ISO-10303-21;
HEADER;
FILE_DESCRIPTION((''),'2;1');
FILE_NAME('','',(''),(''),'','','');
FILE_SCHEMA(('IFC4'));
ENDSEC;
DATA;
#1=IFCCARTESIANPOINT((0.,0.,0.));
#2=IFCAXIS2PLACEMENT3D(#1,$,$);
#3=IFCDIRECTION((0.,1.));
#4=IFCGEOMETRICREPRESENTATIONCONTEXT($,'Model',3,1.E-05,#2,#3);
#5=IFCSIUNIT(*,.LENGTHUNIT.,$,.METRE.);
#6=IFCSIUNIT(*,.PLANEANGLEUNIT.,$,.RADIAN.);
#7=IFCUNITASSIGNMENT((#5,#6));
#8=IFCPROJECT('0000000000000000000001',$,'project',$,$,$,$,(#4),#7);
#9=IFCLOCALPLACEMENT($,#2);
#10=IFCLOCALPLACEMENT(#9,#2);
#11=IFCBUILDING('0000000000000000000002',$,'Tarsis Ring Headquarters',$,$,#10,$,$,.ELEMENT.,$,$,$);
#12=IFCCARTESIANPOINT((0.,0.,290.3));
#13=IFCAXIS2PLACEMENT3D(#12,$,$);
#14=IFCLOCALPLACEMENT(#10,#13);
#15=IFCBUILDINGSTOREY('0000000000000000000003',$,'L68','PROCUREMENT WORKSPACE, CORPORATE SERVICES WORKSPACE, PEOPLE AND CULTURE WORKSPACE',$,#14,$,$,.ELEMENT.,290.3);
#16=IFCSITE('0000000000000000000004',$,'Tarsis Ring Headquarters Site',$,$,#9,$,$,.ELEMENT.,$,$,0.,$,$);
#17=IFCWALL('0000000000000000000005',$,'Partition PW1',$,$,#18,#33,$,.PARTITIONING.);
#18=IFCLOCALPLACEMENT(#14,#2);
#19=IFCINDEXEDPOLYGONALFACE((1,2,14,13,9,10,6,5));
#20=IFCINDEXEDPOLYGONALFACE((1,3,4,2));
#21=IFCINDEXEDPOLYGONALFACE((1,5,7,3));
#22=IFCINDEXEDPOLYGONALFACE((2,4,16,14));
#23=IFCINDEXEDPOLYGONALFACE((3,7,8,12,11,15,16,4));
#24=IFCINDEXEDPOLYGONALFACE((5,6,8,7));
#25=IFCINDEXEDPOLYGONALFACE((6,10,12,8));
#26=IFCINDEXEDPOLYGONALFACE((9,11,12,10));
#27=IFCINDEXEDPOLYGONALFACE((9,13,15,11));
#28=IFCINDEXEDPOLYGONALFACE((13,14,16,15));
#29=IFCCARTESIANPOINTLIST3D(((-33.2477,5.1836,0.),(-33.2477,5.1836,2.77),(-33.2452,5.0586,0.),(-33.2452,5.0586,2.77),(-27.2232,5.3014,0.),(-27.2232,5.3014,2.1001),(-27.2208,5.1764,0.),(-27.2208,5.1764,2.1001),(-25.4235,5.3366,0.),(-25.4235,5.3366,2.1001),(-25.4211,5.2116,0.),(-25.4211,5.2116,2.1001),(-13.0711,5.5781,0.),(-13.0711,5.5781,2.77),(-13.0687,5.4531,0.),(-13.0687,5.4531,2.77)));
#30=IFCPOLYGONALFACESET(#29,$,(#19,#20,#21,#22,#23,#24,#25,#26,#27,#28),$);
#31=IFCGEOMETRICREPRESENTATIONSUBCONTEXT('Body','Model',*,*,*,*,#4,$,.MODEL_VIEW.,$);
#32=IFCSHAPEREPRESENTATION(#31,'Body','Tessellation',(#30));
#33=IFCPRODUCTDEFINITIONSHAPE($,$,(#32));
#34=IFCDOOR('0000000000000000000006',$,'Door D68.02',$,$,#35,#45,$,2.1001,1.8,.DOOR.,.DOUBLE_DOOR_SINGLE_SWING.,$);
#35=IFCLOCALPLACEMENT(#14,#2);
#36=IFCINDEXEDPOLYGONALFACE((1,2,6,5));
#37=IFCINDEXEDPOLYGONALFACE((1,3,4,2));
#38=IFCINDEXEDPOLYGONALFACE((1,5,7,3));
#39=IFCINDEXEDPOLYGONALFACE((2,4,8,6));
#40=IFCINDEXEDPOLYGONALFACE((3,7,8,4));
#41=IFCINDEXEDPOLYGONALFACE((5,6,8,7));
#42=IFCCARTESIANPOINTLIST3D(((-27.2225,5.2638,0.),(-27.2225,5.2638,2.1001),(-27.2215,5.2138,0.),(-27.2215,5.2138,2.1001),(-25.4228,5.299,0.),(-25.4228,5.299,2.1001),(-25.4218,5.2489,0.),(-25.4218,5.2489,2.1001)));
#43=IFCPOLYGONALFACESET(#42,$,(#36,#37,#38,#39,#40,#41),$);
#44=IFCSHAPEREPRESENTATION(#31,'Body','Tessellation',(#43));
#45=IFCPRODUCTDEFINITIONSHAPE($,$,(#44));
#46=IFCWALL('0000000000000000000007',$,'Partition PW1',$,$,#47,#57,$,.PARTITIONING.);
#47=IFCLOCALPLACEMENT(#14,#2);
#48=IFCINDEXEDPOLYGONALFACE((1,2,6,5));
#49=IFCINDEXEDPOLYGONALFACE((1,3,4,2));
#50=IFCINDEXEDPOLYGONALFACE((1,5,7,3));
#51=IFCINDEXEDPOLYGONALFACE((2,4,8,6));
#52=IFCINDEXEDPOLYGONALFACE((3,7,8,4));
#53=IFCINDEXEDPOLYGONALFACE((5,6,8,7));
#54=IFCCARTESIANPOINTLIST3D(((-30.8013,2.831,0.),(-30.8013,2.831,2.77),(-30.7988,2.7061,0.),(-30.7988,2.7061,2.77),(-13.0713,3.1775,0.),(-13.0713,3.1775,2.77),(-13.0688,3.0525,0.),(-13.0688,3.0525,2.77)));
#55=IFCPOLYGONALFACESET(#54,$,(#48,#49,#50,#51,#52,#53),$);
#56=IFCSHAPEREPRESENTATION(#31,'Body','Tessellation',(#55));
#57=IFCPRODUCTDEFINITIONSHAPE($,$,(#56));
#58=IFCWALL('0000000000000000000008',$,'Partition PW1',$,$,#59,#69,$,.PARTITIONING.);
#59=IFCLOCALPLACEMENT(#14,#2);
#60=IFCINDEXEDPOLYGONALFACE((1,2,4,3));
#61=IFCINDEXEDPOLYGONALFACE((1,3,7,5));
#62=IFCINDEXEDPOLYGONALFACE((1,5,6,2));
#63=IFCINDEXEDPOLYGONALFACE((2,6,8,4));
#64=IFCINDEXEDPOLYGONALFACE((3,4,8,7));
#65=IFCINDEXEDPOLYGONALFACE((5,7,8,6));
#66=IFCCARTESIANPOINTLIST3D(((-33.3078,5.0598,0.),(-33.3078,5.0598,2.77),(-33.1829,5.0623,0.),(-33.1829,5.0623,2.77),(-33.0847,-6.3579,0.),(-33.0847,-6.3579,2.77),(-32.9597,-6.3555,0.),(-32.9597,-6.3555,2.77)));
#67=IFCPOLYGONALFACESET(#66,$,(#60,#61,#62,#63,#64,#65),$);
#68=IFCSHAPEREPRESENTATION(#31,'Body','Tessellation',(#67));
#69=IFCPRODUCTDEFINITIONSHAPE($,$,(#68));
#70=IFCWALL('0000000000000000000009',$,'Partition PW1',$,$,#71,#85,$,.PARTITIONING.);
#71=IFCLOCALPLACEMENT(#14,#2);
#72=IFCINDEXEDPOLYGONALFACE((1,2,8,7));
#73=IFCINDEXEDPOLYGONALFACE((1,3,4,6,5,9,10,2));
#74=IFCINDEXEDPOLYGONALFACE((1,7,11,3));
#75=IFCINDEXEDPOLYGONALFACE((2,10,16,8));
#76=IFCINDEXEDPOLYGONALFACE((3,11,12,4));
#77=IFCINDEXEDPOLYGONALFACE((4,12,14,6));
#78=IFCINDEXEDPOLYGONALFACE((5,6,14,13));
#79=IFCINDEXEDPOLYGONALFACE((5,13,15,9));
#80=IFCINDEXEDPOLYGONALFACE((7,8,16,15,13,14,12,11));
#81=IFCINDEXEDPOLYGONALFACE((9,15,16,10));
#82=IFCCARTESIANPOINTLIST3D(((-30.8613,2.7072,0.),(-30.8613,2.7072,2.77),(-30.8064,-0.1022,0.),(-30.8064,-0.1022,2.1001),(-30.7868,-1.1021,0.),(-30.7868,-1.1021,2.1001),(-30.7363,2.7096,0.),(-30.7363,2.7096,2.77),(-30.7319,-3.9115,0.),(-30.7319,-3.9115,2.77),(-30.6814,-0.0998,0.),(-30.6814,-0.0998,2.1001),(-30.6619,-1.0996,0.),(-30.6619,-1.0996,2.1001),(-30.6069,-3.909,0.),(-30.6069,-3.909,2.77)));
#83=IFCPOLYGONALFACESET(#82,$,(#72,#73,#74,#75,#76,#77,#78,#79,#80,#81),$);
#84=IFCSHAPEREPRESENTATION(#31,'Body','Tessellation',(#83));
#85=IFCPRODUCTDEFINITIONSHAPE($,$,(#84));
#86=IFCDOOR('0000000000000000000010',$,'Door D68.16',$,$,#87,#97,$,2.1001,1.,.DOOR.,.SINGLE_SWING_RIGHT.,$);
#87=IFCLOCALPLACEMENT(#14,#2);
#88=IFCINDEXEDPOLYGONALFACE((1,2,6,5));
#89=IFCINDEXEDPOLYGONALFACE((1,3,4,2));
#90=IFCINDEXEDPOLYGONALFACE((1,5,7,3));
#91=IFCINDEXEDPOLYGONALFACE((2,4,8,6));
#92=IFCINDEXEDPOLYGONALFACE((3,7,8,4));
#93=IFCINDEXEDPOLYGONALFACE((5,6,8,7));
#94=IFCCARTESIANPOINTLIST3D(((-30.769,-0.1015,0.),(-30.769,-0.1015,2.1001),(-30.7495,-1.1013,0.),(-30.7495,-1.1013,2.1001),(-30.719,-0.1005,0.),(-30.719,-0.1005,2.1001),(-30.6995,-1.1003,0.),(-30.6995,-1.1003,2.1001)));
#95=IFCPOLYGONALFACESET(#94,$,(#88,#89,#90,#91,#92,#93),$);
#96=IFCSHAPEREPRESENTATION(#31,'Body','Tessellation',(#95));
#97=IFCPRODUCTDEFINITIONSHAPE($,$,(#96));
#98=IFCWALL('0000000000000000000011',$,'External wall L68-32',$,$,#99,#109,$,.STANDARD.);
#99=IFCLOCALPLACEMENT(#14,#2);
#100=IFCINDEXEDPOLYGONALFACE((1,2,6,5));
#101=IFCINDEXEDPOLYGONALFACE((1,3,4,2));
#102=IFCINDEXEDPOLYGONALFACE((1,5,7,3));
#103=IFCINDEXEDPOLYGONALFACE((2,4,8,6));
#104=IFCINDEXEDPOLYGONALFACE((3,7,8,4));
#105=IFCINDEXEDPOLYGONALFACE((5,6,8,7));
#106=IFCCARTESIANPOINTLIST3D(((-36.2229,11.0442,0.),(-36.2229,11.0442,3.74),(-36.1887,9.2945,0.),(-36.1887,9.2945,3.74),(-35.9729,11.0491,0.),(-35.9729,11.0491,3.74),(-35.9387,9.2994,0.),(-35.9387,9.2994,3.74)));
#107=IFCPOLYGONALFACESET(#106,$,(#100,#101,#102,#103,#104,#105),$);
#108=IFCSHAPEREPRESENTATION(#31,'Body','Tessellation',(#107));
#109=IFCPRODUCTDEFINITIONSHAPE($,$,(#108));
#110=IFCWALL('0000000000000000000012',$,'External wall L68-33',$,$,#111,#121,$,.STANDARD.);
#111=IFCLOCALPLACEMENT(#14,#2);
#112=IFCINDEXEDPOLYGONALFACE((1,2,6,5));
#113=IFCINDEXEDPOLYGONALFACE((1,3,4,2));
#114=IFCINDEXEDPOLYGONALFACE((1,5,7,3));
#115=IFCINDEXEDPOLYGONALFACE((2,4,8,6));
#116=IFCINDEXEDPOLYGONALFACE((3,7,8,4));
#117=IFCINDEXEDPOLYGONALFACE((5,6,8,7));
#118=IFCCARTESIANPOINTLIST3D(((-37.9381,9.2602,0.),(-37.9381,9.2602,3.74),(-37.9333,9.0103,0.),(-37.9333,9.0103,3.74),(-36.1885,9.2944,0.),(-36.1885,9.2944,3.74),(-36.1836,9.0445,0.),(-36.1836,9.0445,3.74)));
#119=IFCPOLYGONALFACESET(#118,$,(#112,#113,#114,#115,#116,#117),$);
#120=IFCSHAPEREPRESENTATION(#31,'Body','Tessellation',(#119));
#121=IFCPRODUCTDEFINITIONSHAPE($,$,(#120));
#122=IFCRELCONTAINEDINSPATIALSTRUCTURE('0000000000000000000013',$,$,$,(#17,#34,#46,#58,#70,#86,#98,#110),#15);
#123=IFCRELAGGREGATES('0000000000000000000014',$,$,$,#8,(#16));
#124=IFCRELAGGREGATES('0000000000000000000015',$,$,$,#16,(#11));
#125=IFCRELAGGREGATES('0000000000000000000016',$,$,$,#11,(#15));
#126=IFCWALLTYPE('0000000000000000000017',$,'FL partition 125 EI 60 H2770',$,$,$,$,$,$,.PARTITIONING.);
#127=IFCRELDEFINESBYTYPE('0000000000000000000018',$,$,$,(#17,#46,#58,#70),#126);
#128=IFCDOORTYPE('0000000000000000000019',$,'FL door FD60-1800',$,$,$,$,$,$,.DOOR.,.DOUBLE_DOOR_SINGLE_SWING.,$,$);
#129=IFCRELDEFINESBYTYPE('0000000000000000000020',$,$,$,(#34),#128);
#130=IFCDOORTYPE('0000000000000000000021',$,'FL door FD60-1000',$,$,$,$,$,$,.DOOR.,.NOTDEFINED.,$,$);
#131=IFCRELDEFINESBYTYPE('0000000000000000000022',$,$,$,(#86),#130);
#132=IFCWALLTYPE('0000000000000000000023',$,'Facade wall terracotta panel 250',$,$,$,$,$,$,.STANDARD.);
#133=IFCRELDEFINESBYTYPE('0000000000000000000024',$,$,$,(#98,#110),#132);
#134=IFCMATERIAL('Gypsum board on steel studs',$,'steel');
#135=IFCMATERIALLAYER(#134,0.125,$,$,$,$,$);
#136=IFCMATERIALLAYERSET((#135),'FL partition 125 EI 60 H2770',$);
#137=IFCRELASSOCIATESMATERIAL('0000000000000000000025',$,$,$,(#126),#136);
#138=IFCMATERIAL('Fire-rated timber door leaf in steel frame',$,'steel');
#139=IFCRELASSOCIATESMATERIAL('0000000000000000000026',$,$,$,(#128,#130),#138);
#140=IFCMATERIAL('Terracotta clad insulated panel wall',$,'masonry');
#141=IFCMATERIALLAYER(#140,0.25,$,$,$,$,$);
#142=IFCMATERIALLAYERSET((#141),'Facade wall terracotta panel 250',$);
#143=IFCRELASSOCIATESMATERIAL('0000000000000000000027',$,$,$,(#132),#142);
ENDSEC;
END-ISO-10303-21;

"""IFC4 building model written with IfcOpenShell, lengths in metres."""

from ifc_helpers import new_model, si_unit, direction, frame, frame_2d, origin, place, context, subcontext, project, spatial, rectangle, extrude, material, layer, layer_set, type_object, element, fill, save


model = new_model("IFC4")

# Units and contexts
model_context = context("Model", 3, precision=1e-05, world=origin(), true_north=direction((0.0, 1.0)))
body_context = subcontext(model_context, "Body", "Model", "MODEL_VIEW")
ifc_project = project(units=[si_unit("LENGTHUNIT", "METRE"), si_unit("PLANEANGLEUNIT", "RADIAN")], contexts=[model_context])

# Site, building, storey
site_placement = place(None, origin())
site = spatial("IfcSite", under=ifc_project, at=site_placement, Name="Tarsis Ring Headquarters Site", CompositionType="ELEMENT", RefElevation=0.0)
building_placement = place(site_placement, origin())
building = spatial("IfcBuilding", under=site, at=building_placement, Name="Tarsis Ring Headquarters", CompositionType="ELEMENT")
storey_placement = place(building_placement, frame((0.0, 0.0, 290.3)))
storey = spatial("IfcBuildingStorey", under=building, at=storey_placement, Name="L68", Description="PROCUREMENT WORKSPACE, CORPORATE SERVICES WORKSPACE, PEOPLE AND CULTURE WORKSPACE", CompositionType="ELEMENT", Elevation=290.3)

# Wall, opening, door
ifc_material_1 = material(Name="Gypsum board on steel studs", Category="steel")
ifc_layer_1 = layer(ifc_material_1, 0.125)
ifc_layer_set_1 = layer_set([ifc_layer_1], Name="FL partition 125 EI 60 H2770")
wall_type_1 = type_object("IfcWallType", Name="FL partition 125 EI 60 H2770", PredefinedType="PARTITIONING", material=ifc_layer_set_1)
wall_1_placement = place(storey_placement, frame((-33.2466, 5.1211, 0.0), z_axis=(0.0, 0.0, 1.0), x_axis=(0.999809, 0.01955, 0.0)))
wall_1 = element("IfcWall", 1, at=wall_1_placement, inside=storey, type_object=wall_type_1, Name="Partition PW1", PredefinedType="PARTITIONING", context=body_context, shape_type="SweptSolid", body=[
    extrude(rectangle(XDim=20.1804, YDim=0.125, at=frame_2d((10.0903, 0.0))), origin(), (0.0, 0.0, 1.0), 2.77),
])
opening_1_placement = place(wall_1_placement, frame((6.0259, 0.0, 0.0)))
opening_1 = element("IfcOpeningElement", 2, at=opening_1_placement, cuts=wall_1, PredefinedType="OPENING", context=body_context, shape_type="SweptSolid", body=[
    extrude(rectangle(XDim=1.8, YDim=2.1001, at=frame_2d((0.8999, 1.05))), frame((0.0, 0.0725, 0.0), z_axis=(0.0, -1.0, 0.0), x_axis=(1.0, 0.0, 0.0)), (0.0, 0.0, 1.0), 0.145),
])
ifc_material_2 = material(Name="Fire-rated timber door leaf in steel frame", Category="steel")
door_type_1 = type_object("IfcDoorType", Name="FL door FD60-1800", OperationType="DOUBLE_DOOR_SINGLE_SWING", PredefinedType="DOOR", material=ifc_material_2)
door_1_placement = place(opening_1_placement, origin())
door_1 = element("IfcDoor", 3, at=door_1_placement, inside=storey, type_object=door_type_1, Name="Door D68.02", OperationType="DOUBLE_DOOR_SINGLE_SWING", OverallHeight=2.1001, OverallWidth=1.8, PredefinedType="DOOR", context=body_context, shape_type="SweptSolid", body=[
    extrude(rectangle(XDim=1.8, YDim=2.1001, at=frame_2d((0.8999, 1.05))), frame((0.0, 0.0249, 0.0), z_axis=(0.0, -1.0, 0.0), x_axis=(1.0, 0.0, 0.0)), (0.0, 0.0, 1.0), 0.05),
])
fill(opening_1, door_1)

# Walls
wall_2_placement = place(storey_placement, frame((-30.8, 2.7686, 0.0), z_axis=(0.0, 0.0, 1.0), x_axis=(0.999809, 0.019536, 0.0)))
element("IfcWall", 4, at=wall_2_placement, inside=storey, type_object=wall_type_1, Name="Partition PW1", PredefinedType="PARTITIONING", context=body_context, shape_type="SweptSolid", body=[
    extrude(rectangle(XDim=17.7334, YDim=0.125, at=frame_2d((8.8667, 0.0))), origin(), (0.0, 0.0, 1.0), 2.77),
])
wall_3_placement = place(storey_placement, frame((-33.2454, 5.061, 0.0), z_axis=(0.0, 0.0, 1.0), x_axis=(0.01954, -0.999809, 0.0)))
element("IfcWall", 5, at=wall_3_placement, inside=storey, type_object=wall_type_1, Name="Partition PW1", PredefinedType="PARTITIONING", context=body_context, shape_type="SweptSolid", body=[
    extrude(rectangle(XDim=11.4199, YDim=0.125, at=frame_2d((5.71, 0.0))), origin(), (0.0, 0.0, 1.0), 2.77),
])

# Wall, opening, door
wall_4_placement = place(storey_placement, frame((-30.7988, 2.7085, 0.0), z_axis=(0.0, 0.0, 1.0), x_axis=(0.019546, -0.999809, 0.0)))
wall_4 = element("IfcWall", 6, at=wall_4_placement, inside=storey, type_object=wall_type_1, Name="Partition PW1", PredefinedType="PARTITIONING", context=body_context, shape_type="SweptSolid", body=[
    extrude(rectangle(XDim=6.6199, YDim=0.125, at=frame_2d((3.3101, 0.0))), origin(), (0.0, 0.0, 1.0), 2.77),
])
opening_2_placement = place(wall_4_placement, frame((2.8101, 0.0, 0.0)))
opening_2 = element("IfcOpeningElement", 7, at=opening_2_placement, cuts=wall_4, PredefinedType="OPENING", context=body_context, shape_type="SweptSolid", body=[
    extrude(rectangle(XDim=1.0, YDim=2.1001, at=frame_2d((0.5, 1.05))), frame((0.0, 0.0725, 0.0), z_axis=(0.0, -1.0, 0.0), x_axis=(1.0, 0.0, 0.0)), (0.0, 0.0, 1.0), 0.145),
])
door_type_2 = type_object("IfcDoorType", Name="FL door FD60-1000", OperationType="NOTDEFINED", PredefinedType="DOOR", material=ifc_material_2)
door_2_placement = place(opening_2_placement, origin())
door_2 = element("IfcDoor", 8, at=door_2_placement, inside=storey, type_object=door_type_2, Name="Door D68.16", OperationType="SINGLE_SWING_RIGHT", OverallHeight=2.1001, OverallWidth=1.0, PredefinedType="DOOR", context=body_context, shape_type="SweptSolid", body=[
    extrude(rectangle(XDim=1.0, YDim=2.1001, at=frame_2d((0.5, 1.05))), frame((0.0, 0.0249, 0.0), z_axis=(0.0, -1.0, 0.0), x_axis=(1.0, 0.0, 0.0)), (0.0, 0.0, 1.0), 0.05),
])
fill(opening_2, door_2)

# Walls
ifc_material_3 = material(Name="Terracotta clad insulated panel wall", Category="masonry")
ifc_layer_2 = layer(ifc_material_3, 0.25)
ifc_layer_set_2 = layer_set([ifc_layer_2], Name="Facade wall terracotta panel 250")
wall_type_2 = type_object("IfcWallType", Name="Facade wall terracotta panel 250", PredefinedType="STANDARD", material=ifc_layer_set_2)
for number, where, z_axis, x_axis, name in (
    (9, (-36.0979, 11.0466, 0.0), (0.0, 0.0, 1.0), (0.01953, -0.999809, 0.0), "External wall L68-32"),
    (10, (-36.186, 9.1694, 0.0), (0.0, 0.0, 1.0), (-0.999809, -0.01953, 0.0), "External wall L68-33"),
):
    element("IfcWall", number, at=place(storey_placement, frame(where, z_axis=z_axis, x_axis=x_axis)), inside=storey, type_object=wall_type_2, Name=name, PredefinedType="STANDARD", context=body_context, shape_type="SweptSolid", body=[
        extrude(rectangle(XDim=1.75, YDim=0.25, at=frame_2d((0.875, 0.0))), origin(), (0.0, 0.0, 1.0), 3.74),
    ])

save(model, "model.ifc")
